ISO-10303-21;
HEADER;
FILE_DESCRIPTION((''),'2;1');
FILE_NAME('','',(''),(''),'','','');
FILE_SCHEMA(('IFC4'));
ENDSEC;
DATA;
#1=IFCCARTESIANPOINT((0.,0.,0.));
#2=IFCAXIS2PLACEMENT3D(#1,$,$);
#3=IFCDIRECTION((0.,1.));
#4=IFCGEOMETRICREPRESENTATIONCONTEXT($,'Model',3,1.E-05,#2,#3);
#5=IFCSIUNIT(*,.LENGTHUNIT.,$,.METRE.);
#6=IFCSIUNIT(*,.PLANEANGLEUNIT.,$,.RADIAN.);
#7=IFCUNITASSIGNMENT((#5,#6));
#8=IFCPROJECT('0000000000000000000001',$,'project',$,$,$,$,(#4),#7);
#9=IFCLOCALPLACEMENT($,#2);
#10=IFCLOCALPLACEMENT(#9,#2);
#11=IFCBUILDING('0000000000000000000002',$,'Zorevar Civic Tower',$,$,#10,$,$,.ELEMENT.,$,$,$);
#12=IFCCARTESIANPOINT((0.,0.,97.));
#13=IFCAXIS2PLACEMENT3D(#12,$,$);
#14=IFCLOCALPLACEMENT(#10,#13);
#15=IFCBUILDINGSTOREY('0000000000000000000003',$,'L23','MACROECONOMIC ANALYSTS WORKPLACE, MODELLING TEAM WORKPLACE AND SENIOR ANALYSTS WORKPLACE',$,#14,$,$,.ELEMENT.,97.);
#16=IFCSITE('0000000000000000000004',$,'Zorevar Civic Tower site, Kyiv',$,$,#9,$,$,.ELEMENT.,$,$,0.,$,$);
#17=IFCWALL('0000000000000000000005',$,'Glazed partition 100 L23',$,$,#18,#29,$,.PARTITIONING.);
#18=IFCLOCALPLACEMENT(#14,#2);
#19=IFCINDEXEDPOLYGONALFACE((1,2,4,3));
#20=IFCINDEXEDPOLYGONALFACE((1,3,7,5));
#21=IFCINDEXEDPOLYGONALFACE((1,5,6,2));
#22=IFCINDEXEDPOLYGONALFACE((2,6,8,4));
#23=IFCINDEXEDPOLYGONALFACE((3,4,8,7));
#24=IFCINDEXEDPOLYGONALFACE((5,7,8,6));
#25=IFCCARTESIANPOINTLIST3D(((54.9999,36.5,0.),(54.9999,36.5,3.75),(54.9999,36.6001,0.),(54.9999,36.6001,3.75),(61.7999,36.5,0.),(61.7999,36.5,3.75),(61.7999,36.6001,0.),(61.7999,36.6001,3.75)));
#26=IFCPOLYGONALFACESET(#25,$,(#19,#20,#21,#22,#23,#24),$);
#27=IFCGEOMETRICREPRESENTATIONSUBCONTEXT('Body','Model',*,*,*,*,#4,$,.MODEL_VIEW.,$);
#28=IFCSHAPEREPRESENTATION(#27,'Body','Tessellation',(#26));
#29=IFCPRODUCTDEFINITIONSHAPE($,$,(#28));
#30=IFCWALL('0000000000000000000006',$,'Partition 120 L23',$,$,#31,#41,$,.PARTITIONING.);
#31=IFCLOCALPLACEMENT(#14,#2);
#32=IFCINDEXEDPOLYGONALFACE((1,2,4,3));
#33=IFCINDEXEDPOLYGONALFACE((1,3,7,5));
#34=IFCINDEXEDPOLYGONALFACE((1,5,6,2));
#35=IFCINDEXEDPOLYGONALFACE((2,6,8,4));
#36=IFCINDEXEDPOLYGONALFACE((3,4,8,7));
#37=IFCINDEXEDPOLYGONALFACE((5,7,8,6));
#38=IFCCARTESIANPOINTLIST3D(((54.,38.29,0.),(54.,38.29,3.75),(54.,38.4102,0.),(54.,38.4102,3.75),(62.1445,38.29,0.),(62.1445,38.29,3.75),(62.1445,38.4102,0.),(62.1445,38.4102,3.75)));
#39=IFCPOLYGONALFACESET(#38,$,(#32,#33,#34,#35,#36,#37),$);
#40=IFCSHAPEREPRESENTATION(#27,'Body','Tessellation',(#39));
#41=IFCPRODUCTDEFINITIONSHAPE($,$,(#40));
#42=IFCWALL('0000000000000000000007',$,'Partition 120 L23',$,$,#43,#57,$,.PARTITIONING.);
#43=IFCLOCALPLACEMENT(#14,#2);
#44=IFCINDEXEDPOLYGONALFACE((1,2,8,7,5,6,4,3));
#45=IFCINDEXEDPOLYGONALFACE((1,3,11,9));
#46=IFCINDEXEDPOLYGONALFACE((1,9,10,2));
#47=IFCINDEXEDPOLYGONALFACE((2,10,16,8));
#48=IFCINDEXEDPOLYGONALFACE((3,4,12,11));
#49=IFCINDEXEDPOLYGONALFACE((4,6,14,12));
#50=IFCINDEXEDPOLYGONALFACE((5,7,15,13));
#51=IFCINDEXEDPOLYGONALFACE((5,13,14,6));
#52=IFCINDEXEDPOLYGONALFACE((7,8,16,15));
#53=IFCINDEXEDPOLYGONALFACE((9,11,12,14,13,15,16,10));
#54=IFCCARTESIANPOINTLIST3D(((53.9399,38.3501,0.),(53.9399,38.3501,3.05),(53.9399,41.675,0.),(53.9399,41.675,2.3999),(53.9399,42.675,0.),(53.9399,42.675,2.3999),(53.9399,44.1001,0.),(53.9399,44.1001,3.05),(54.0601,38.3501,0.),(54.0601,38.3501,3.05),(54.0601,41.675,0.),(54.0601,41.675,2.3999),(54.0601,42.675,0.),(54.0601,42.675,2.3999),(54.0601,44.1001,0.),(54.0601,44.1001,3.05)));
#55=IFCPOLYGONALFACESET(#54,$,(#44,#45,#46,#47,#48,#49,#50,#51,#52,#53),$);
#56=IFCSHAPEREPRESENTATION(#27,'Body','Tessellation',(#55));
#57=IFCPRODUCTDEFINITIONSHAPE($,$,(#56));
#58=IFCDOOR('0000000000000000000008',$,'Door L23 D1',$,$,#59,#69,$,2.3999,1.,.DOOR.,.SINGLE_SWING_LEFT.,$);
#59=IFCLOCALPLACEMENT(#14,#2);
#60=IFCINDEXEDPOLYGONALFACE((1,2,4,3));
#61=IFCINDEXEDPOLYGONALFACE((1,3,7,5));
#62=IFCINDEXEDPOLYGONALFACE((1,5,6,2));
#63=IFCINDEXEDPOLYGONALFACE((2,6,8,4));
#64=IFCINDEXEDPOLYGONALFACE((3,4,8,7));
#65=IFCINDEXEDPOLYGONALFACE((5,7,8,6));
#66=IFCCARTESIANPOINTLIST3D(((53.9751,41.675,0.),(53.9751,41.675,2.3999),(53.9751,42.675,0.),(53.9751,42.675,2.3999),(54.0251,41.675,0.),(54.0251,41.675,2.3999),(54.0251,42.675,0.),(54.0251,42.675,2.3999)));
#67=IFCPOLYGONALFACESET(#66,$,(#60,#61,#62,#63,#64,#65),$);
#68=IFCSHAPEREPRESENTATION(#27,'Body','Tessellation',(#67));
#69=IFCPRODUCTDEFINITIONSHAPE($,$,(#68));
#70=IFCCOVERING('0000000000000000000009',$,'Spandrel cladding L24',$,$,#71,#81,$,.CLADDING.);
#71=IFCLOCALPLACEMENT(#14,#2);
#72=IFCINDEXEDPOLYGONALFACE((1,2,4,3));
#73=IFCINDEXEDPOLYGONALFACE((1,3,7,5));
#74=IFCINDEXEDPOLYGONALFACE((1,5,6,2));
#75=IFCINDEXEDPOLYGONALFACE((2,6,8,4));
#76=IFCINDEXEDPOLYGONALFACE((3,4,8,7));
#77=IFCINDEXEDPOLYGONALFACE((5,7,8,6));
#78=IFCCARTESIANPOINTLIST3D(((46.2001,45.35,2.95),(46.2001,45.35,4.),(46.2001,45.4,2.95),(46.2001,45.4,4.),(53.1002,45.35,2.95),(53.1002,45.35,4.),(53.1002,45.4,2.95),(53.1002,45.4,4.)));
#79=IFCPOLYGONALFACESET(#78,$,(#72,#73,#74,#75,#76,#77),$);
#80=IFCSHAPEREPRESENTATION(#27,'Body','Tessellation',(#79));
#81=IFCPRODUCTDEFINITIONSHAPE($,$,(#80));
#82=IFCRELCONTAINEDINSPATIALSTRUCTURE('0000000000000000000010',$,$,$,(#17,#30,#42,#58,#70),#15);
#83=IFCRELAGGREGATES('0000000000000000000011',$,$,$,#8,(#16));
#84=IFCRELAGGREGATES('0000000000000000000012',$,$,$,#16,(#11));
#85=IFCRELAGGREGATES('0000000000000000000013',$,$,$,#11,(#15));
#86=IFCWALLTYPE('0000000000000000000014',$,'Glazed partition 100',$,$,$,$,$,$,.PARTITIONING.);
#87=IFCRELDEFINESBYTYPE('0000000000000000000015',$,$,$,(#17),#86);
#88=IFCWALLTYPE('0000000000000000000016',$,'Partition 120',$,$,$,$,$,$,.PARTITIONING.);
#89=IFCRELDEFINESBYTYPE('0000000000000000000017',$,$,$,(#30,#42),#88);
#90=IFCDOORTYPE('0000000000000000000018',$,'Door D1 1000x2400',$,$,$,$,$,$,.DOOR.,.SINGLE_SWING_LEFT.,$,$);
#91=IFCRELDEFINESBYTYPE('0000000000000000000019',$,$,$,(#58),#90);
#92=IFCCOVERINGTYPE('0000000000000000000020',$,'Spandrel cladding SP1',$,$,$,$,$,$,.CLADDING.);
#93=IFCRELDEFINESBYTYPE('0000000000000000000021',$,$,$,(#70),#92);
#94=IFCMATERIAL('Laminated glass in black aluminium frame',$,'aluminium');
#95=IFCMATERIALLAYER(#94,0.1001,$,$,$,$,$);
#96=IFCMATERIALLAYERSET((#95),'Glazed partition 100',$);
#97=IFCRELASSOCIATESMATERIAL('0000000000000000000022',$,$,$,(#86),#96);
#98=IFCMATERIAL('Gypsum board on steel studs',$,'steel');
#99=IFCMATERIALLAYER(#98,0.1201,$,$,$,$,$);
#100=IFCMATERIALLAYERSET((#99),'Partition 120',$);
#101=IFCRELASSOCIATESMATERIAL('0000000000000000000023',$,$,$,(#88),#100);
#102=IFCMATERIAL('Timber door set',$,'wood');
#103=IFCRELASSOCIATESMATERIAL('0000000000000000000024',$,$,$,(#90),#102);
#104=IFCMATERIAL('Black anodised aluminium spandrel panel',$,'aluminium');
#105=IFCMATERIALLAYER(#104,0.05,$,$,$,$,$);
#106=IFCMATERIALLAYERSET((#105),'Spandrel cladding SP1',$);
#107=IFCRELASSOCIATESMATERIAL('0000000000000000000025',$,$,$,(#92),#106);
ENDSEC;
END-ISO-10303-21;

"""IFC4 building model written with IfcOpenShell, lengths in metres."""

from ifc_helpers import new_model, si_unit, direction, frame, frame_2d, origin, place, context, subcontext, project, spatial, rectangle, extrude, material, layer, layer_set, type_object, element, fill, save


model = new_model("IFC4")

# Units and contexts
model_context = context("Model", 3, precision=1e-05, world=origin(), true_north=direction((0.0, 1.0)))
body_context = subcontext(model_context, "Body", "Model", "MODEL_VIEW")
ifc_project = project(units=[si_unit("LENGTHUNIT", "METRE"), si_unit("PLANEANGLEUNIT", "RADIAN")], contexts=[model_context])

# Site, building, storey
site_placement = place(None, origin())
site = spatial("IfcSite", under=ifc_project, at=site_placement, Name="Zorevar Civic Tower site, Kyiv", CompositionType="ELEMENT", RefElevation=0.0)
building_placement = place(site_placement, origin())
building = spatial("IfcBuilding", under=site, at=building_placement, Name="Zorevar Civic Tower", CompositionType="ELEMENT")
storey_placement = place(building_placement, frame((0.0, 0.0, 97.0)))
storey = spatial("IfcBuildingStorey", under=building, at=storey_placement, Name="L23", Description="MACROECONOMIC ANALYSTS WORKPLACE, MODELLING TEAM WORKPLACE AND SENIOR ANALYSTS WORKPLACE", CompositionType="ELEMENT", Elevation=97.0)

# Walls
ifc_material_1 = material(Name="Laminated glass in black aluminium frame", Category="aluminium")
ifc_layer_1 = layer(ifc_material_1, 0.1001)
ifc_layer_set_1 = layer_set([ifc_layer_1], Name="Glazed partition 100")
wall_type_1 = type_object("IfcWallType", Name="Glazed partition 100", PredefinedType="PARTITIONING", material=ifc_layer_set_1)
wall_1_placement = place(storey_placement, frame((55.0, 36.55, 0.0), z_axis=(0.0, 0.0, 1.0), x_axis=(1.0, 0.0, 0.0)))
element("IfcWall", 1, at=wall_1_placement, inside=storey, type_object=wall_type_1, Name="Glazed partition 100 L23", PredefinedType="PARTITIONING", context=body_context, shape_type="SweptSolid", body=[
    extrude(rectangle(XDim=6.8, YDim=0.1001, at=frame_2d((3.3999, 0.0))), origin(), (0.0, 0.0, 1.0), 3.75),
])
ifc_material_2 = material(Name="Gypsum board on steel studs", Category="steel")
ifc_layer_2 = layer(ifc_material_2, 0.1201)
ifc_layer_set_2 = layer_set([ifc_layer_2], Name="Partition 120")
wall_type_2 = type_object("IfcWallType", Name="Partition 120", PredefinedType="PARTITIONING", material=ifc_layer_set_2)
wall_2_placement = place(storey_placement, frame((54.0, 38.3501, 0.0), z_axis=(0.0, 0.0, 1.0), x_axis=(1.0, 0.0, 0.0)))
element("IfcWall", 2, at=wall_2_placement, inside=storey, type_object=wall_type_2, Name="Partition 120 L23", PredefinedType="PARTITIONING", context=body_context, shape_type="SweptSolid", body=[
    extrude(rectangle(XDim=8.1445, YDim=0.1201, at=frame_2d((4.0723, 0.0))), origin(), (0.0, 0.0, 1.0), 3.75),
])

# Wall, opening, door
wall_3_placement = place(storey_placement, frame((54.0, 38.3501, 0.0), z_axis=(0.0, 0.0, 1.0), x_axis=(0.0, 1.0, 0.0)))
wall_3 = element("IfcWall", 3, at=wall_3_placement, inside=storey, type_object=wall_type_2, Name="Partition 120 L23", PredefinedType="PARTITIONING", context=body_context, shape_type="SweptSolid", body=[
    extrude(rectangle(XDim=5.75, YDim=0.1201, at=frame_2d((2.875, 0.0))), origin(), (0.0, 0.0, 1.0), 3.05),
])
opening_placement = place(wall_3_placement, frame((3.325, 0.0, 0.0)))
opening = element("IfcOpeningElement", 4, at=opening_placement, cuts=wall_3, PredefinedType="OPENING", context=body_context, shape_type="SweptSolid", body=[
    extrude(rectangle(XDim=1.0, YDim=2.3999, at=frame_2d((0.5, 1.2))), frame((0.0, 0.0701, 0.0), z_axis=(0.0, -1.0, 0.0), x_axis=(1.0, 0.0, 0.0)), (0.0, 0.0, 1.0), 0.1401),
])
ifc_material_3 = material(Name="Timber door set", Category="wood")
door_type = type_object("IfcDoorType", Name="Door D1 1000x2400", OperationType="SINGLE_SWING_LEFT", PredefinedType="DOOR", material=ifc_material_3)
door_placement = place(opening_placement, origin())
door = element("IfcDoor", 5, at=door_placement, inside=storey, type_object=door_type, Name="Door L23 D1", OperationType="SINGLE_SWING_LEFT", OverallHeight=2.3999, OverallWidth=1.0, PredefinedType="DOOR", context=body_context, shape_type="SweptSolid", body=[
    extrude(rectangle(XDim=1.0, YDim=2.3999, at=frame_2d((0.5, 1.2))), frame((0.0, 0.0249, 0.0), z_axis=(0.0, -1.0, 0.0), x_axis=(1.0, 0.0, 0.0)), (0.0, 0.0, 1.0), 0.05),
])
fill(opening, door)

# Covering
ifc_material_4 = material(Name="Black anodised aluminium spandrel panel", Category="aluminium")
ifc_layer_3 = layer(ifc_material_4, 0.05)
ifc_layer_set_3 = layer_set([ifc_layer_3], Name="Spandrel cladding SP1")
covering_type = type_object("IfcCoveringType", Name="Spandrel cladding SP1", PredefinedType="CLADDING", material=ifc_layer_set_3)
covering_placement = place(storey_placement, frame((46.2, 45.375, 2.95), z_axis=(0.0, 0.0, 1.0), x_axis=(1.0, 0.0, 0.0)))
element("IfcCovering", 6, at=covering_placement, inside=storey, type_object=covering_type, Name="Spandrel cladding L24", PredefinedType="CLADDING", context=body_context, shape_type="SweptSolid", body=[
    extrude(rectangle(XDim=6.9001, YDim=0.05, at=frame_2d((3.4502, 0.0))), origin(), (0.0, 0.0, 1.0), 1.05),
])

save(model, "model.ifc")
